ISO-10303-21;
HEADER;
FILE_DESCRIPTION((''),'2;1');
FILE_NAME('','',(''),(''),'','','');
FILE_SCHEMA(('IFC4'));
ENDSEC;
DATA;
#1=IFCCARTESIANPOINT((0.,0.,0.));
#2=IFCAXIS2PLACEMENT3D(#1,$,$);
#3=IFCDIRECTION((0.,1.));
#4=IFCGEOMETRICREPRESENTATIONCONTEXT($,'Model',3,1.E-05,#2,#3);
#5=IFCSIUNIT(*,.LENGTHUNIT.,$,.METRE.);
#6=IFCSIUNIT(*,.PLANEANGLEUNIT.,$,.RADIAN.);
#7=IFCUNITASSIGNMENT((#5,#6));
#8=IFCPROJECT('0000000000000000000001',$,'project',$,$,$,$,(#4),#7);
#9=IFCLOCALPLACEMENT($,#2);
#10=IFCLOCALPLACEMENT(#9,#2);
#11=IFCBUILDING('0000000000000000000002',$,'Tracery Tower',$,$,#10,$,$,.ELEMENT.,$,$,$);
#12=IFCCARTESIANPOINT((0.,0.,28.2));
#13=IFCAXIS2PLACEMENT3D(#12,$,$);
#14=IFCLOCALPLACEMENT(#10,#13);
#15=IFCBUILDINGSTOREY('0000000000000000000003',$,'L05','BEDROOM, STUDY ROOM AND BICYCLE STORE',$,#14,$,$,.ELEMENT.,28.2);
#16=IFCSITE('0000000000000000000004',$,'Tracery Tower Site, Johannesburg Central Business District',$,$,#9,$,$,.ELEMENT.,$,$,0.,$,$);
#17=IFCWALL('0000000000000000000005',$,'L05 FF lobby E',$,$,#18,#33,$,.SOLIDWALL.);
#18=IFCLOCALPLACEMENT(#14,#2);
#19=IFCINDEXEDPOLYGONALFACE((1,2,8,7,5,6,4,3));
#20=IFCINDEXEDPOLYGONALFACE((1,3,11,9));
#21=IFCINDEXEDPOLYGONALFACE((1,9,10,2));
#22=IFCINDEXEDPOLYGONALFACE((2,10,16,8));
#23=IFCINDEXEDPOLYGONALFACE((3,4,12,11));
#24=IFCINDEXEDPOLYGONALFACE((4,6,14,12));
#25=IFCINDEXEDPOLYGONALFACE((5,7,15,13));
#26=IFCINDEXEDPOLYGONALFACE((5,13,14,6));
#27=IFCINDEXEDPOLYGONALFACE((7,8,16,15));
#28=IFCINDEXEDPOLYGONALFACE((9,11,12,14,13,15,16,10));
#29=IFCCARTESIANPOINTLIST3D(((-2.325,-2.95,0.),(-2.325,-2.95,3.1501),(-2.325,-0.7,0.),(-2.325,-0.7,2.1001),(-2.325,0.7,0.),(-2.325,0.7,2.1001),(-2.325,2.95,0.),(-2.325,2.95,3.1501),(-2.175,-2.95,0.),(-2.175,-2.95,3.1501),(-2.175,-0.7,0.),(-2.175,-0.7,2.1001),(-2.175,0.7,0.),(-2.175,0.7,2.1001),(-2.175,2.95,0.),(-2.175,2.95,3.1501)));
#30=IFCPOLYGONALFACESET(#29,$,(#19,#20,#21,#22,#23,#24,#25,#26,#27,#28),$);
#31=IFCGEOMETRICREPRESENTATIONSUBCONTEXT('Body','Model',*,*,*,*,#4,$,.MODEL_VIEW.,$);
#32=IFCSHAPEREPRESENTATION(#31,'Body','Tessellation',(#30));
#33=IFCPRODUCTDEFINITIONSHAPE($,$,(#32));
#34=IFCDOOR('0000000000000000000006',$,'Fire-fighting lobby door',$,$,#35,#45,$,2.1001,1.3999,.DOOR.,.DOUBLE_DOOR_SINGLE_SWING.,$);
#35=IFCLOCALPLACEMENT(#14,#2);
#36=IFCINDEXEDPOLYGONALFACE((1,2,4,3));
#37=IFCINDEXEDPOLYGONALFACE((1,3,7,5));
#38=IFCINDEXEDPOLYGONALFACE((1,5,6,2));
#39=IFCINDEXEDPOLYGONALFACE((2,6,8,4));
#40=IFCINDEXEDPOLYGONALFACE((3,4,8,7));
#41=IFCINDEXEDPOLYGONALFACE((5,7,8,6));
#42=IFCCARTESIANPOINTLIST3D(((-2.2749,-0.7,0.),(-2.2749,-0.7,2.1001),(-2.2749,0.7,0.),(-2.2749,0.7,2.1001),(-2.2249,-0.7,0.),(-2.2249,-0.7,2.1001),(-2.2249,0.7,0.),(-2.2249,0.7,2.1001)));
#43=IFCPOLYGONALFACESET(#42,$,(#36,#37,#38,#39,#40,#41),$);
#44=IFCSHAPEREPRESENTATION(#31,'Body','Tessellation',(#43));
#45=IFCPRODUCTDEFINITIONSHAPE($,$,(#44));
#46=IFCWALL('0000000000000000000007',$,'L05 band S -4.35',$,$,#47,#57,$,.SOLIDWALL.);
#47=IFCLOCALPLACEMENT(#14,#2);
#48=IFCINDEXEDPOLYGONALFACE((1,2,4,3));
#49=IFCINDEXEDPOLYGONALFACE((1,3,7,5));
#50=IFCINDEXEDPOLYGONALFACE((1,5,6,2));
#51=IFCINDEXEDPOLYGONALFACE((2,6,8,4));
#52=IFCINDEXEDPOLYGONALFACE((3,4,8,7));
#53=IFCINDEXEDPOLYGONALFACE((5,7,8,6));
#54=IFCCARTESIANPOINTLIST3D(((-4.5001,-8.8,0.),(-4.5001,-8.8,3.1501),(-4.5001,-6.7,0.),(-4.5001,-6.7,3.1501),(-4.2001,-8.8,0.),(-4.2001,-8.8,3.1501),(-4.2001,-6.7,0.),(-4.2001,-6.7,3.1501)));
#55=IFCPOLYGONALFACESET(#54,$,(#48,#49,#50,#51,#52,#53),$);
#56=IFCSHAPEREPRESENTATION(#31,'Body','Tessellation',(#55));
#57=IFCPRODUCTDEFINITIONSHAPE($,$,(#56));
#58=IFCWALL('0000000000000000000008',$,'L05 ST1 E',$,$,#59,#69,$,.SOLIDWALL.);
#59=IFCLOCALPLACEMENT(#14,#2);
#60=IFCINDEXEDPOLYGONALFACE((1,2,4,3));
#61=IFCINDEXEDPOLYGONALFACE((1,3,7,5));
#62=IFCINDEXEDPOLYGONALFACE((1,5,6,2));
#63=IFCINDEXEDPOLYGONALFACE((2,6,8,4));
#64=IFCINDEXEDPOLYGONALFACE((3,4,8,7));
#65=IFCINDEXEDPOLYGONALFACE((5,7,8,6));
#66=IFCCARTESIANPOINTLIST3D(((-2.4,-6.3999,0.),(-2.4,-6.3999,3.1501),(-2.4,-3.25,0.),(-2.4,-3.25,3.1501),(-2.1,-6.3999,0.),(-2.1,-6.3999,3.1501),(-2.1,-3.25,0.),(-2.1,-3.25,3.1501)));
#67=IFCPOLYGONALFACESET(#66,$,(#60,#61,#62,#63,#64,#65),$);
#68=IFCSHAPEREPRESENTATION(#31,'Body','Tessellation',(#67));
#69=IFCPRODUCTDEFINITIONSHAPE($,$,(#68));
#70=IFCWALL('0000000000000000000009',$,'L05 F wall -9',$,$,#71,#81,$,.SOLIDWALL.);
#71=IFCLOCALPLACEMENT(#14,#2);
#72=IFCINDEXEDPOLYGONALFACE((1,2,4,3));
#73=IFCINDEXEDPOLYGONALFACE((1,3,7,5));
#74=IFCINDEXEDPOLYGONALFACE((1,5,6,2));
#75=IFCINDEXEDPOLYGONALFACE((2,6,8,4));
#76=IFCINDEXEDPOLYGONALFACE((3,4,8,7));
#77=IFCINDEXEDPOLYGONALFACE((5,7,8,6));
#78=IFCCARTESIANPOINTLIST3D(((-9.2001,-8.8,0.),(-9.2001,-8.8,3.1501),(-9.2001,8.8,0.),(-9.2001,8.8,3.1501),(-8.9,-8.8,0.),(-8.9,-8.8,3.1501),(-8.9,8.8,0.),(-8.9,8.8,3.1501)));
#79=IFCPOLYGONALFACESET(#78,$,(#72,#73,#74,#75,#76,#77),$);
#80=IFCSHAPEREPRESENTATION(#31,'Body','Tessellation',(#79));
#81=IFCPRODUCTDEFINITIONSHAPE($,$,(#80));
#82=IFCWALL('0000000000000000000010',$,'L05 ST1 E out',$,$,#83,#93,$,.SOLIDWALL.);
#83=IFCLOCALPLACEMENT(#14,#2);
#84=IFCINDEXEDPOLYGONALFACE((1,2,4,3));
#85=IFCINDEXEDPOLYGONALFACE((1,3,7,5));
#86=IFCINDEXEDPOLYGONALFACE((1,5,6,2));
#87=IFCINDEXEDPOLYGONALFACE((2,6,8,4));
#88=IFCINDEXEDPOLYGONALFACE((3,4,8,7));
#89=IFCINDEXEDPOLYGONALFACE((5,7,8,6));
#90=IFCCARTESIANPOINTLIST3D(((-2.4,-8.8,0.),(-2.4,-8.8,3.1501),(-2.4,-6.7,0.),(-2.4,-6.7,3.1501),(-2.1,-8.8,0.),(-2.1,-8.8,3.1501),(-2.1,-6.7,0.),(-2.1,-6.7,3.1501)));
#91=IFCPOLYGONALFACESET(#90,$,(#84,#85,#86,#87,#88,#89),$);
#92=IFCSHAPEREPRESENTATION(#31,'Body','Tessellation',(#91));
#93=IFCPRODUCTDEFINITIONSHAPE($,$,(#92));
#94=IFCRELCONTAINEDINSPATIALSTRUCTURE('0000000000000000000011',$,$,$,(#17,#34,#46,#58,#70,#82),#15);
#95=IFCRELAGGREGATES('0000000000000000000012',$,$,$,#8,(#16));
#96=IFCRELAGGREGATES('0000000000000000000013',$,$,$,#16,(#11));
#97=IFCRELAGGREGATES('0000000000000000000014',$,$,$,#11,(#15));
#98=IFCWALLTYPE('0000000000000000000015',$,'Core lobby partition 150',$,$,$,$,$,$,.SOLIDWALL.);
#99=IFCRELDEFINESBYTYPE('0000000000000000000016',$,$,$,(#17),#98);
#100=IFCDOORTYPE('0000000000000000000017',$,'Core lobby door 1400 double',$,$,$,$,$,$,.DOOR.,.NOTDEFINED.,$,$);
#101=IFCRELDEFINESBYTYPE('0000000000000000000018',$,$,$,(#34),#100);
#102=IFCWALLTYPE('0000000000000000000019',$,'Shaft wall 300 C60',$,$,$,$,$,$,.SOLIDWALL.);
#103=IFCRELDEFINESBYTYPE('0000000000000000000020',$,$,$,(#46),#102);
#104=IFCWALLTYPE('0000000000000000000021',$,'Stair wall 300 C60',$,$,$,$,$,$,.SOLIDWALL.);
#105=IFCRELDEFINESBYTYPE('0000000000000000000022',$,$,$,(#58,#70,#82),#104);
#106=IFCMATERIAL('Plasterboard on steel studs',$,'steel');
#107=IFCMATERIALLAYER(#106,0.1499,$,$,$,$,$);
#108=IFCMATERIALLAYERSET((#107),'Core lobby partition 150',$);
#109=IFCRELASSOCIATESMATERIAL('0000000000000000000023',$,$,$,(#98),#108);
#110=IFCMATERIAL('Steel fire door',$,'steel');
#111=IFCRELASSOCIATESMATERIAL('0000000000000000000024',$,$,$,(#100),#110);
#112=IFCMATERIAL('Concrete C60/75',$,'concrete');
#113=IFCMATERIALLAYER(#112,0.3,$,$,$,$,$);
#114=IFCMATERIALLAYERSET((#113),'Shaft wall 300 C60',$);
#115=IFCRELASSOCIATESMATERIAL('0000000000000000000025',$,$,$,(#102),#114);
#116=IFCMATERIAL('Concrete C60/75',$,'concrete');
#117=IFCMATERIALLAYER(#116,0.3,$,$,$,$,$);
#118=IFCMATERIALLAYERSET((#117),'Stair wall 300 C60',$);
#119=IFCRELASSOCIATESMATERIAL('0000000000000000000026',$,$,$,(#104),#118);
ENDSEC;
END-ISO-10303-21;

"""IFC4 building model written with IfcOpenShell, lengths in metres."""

from ifc_helpers import new_model, si_unit, direction, frame, frame_2d, origin, place, context, subcontext, project, spatial, rectangle, extrude, material, layer, layer_set, type_object, element, fill, save


model = new_model("IFC4")

# Units and contexts
model_context = context("Model", 3, precision=1e-05, world=origin(), true_north=direction((0.0, 1.0)))
body_context = subcontext(model_context, "Body", "Model", "MODEL_VIEW")
ifc_project = project(units=[si_unit("LENGTHUNIT", "METRE"), si_unit("PLANEANGLEUNIT", "RADIAN")], contexts=[model_context])

# Site, building, storey
site_placement = place(None, origin())
site = spatial("IfcSite", under=ifc_project, at=site_placement, Name="Tracery Tower Site, Johannesburg Central Business District", CompositionType="ELEMENT", RefElevation=0.0)
building_placement = place(site_placement, origin())
building = spatial("IfcBuilding", under=site, at=building_placement, Name="Tracery Tower", CompositionType="ELEMENT")
storey_placement = place(building_placement, frame((0.0, 0.0, 28.2)))
storey = spatial("IfcBuildingStorey", under=building, at=storey_placement, Name="L05", Description="BEDROOM, STUDY ROOM AND BICYCLE STORE", CompositionType="ELEMENT", Elevation=28.2)

# Wall, opening, door
ifc_material_1 = material(Name="Plasterboard on steel studs", Category="steel")
ifc_layer_1 = layer(ifc_material_1, 0.1499)
ifc_layer_set_1 = layer_set([ifc_layer_1], Name="Core lobby partition 150")
wall_type_1 = type_object("IfcWallType", Name="Core lobby partition 150", PredefinedType="SOLIDWALL", material=ifc_layer_set_1)
wall_1_placement = place(storey_placement, frame((-2.25, -2.95, 0.0), z_axis=(0.0, 0.0, 1.0), x_axis=(0.0, 1.0, 0.0)))
wall_1 = element("IfcWall", 1, at=wall_1_placement, inside=storey, type_object=wall_type_1, Name="L05 FF lobby E", PredefinedType="SOLIDWALL", context=body_context, shape_type="SweptSolid", body=[
    extrude(rectangle(XDim=5.8999, YDim=0.1499, at=frame_2d((2.95, 0.0))), origin(), (0.0, 0.0, 1.0), 3.1501),
])
opening_1_placement = place(wall_1_placement, frame((2.25, 0.0, 0.0)))
opening_1 = element("IfcOpeningElement", 2, at=opening_1_placement, cuts=wall_1, PredefinedType="OPENING", context=body_context, shape_type="SweptSolid", body=[
    extrude(rectangle(XDim=1.3999, YDim=2.1001, at=frame_2d((0.7, 1.05))), frame((0.0, 0.075, 0.0), z_axis=(0.0, -1.0, 0.0), x_axis=(1.0, 0.0, 0.0)), (0.0, 0.0, 1.0), 0.1499),
])
ifc_material_2 = material(Name="Steel fire door", Category="steel")
door_type_1 = type_object("IfcDoorType", Name="Core lobby door 1400 double", OperationType="NOTDEFINED", PredefinedType="DOOR", material=ifc_material_2)
door_1_placement = place(opening_1_placement, origin())
door_1 = element("IfcDoor", 3, at=door_1_placement, inside=storey, type_object=door_type_1, Name="Fire-fighting lobby door", OperationType="DOUBLE_DOOR_SINGLE_SWING", OverallHeight=2.1001, OverallWidth=1.3999, PredefinedType="DOOR", context=body_context, shape_type="SweptSolid", body=[
    extrude(rectangle(XDim=1.3999, YDim=2.1001, at=frame_2d((0.7, 1.05))), frame((0.0, 0.0249, 0.0), z_axis=(0.0, -1.0, 0.0), x_axis=(1.0, 0.0, 0.0)), (0.0, 0.0, 1.0), 0.05),
])
fill(opening_1, door_1)

# Shared definitions
ifc_material_3 = material(Name="Concrete C60/75", Category="concrete")
ifc_layer_2 = layer(ifc_material_3, 0.3)
ifc_layer_set_2 = layer_set([ifc_layer_2], Name="Shaft wall 300 C60")
wall_type_2 = type_object("IfcWallType", Name="Shaft wall 300 C60", PredefinedType="SOLIDWALL", material=ifc_layer_set_2)

# Wall
wall_2_placement = place(storey_placement, frame((-4.3501, -8.8, 0.0), z_axis=(0.0, 0.0, 1.0), x_axis=(0.0, 1.0, 0.0)))
element("IfcWall", 4, at=wall_2_placement, inside=storey, type_object=wall_type_2, Name="L05 band S -4.35", PredefinedType="SOLIDWALL", context=body_context, shape_type="SweptSolid", body=[
    extrude(rectangle(XDim=2.1001, YDim=0.3, at=frame_2d((1.05, 0.0))), origin(), (0.0, 0.0, 1.0), 3.1501),
])

# Shared definitions
ifc_material_4 = material(Name="Concrete C60/75", Category="concrete")
ifc_layer_3 = layer(ifc_material_4, 0.3)
ifc_layer_set_3 = layer_set([ifc_layer_3], Name="Stair wall 300 C60")
wall_type_3 = type_object("IfcWallType", Name="Stair wall 300 C60", PredefinedType="SOLIDWALL", material=ifc_layer_set_3)

# Walls
wall_3_placement = place(storey_placement, frame((-2.25, -6.3999, 0.0), z_axis=(0.0, 0.0, 1.0), x_axis=(0.0, 1.0, 0.0)))
element("IfcWall", 5, at=wall_3_placement, inside=storey, type_object=wall_type_3, Name="L05 ST1 E", PredefinedType="SOLIDWALL", context=body_context, shape_type="SweptSolid", body=[
    extrude(rectangle(XDim=3.1499, YDim=0.3, at=frame_2d((1.575, 0.0))), origin(), (0.0, 0.0, 1.0), 3.1501),
])
wall_4_placement = place(storey_placement, frame((-9.05, -8.8, 0.0), z_axis=(0.0, 0.0, 1.0), x_axis=(0.0, 1.0, 0.0)))
element("IfcWall", 6, at=wall_4_placement, inside=storey, type_object=wall_type_3, Name="L05 F wall -9", PredefinedType="SOLIDWALL", context=body_context, shape_type="SweptSolid", body=[
    extrude(rectangle(XDim=17.6001, YDim=0.3, at=frame_2d((8.8, 0.0))), origin(), (0.0, 0.0, 1.0), 3.1501),
])

# Wall
wall_5_placement = place(storey_placement, frame((-2.25, -8.8, 0.0), z_axis=(0.0, 0.0, 1.0), x_axis=(0.0, 1.0, 0.0)))
element("IfcWall", 7, at=wall_5_placement, inside=storey, type_object=wall_type_3, Name="L05 ST1 E out", PredefinedType="SOLIDWALL", context=body_context, shape_type="SweptSolid", body=[
    extrude(rectangle(XDim=2.1001, YDim=0.3, at=frame_2d((1.05, 0.0))), origin(), (0.0, 0.0, 1.0), 3.1501),
])

save(model, "model.ifc")
